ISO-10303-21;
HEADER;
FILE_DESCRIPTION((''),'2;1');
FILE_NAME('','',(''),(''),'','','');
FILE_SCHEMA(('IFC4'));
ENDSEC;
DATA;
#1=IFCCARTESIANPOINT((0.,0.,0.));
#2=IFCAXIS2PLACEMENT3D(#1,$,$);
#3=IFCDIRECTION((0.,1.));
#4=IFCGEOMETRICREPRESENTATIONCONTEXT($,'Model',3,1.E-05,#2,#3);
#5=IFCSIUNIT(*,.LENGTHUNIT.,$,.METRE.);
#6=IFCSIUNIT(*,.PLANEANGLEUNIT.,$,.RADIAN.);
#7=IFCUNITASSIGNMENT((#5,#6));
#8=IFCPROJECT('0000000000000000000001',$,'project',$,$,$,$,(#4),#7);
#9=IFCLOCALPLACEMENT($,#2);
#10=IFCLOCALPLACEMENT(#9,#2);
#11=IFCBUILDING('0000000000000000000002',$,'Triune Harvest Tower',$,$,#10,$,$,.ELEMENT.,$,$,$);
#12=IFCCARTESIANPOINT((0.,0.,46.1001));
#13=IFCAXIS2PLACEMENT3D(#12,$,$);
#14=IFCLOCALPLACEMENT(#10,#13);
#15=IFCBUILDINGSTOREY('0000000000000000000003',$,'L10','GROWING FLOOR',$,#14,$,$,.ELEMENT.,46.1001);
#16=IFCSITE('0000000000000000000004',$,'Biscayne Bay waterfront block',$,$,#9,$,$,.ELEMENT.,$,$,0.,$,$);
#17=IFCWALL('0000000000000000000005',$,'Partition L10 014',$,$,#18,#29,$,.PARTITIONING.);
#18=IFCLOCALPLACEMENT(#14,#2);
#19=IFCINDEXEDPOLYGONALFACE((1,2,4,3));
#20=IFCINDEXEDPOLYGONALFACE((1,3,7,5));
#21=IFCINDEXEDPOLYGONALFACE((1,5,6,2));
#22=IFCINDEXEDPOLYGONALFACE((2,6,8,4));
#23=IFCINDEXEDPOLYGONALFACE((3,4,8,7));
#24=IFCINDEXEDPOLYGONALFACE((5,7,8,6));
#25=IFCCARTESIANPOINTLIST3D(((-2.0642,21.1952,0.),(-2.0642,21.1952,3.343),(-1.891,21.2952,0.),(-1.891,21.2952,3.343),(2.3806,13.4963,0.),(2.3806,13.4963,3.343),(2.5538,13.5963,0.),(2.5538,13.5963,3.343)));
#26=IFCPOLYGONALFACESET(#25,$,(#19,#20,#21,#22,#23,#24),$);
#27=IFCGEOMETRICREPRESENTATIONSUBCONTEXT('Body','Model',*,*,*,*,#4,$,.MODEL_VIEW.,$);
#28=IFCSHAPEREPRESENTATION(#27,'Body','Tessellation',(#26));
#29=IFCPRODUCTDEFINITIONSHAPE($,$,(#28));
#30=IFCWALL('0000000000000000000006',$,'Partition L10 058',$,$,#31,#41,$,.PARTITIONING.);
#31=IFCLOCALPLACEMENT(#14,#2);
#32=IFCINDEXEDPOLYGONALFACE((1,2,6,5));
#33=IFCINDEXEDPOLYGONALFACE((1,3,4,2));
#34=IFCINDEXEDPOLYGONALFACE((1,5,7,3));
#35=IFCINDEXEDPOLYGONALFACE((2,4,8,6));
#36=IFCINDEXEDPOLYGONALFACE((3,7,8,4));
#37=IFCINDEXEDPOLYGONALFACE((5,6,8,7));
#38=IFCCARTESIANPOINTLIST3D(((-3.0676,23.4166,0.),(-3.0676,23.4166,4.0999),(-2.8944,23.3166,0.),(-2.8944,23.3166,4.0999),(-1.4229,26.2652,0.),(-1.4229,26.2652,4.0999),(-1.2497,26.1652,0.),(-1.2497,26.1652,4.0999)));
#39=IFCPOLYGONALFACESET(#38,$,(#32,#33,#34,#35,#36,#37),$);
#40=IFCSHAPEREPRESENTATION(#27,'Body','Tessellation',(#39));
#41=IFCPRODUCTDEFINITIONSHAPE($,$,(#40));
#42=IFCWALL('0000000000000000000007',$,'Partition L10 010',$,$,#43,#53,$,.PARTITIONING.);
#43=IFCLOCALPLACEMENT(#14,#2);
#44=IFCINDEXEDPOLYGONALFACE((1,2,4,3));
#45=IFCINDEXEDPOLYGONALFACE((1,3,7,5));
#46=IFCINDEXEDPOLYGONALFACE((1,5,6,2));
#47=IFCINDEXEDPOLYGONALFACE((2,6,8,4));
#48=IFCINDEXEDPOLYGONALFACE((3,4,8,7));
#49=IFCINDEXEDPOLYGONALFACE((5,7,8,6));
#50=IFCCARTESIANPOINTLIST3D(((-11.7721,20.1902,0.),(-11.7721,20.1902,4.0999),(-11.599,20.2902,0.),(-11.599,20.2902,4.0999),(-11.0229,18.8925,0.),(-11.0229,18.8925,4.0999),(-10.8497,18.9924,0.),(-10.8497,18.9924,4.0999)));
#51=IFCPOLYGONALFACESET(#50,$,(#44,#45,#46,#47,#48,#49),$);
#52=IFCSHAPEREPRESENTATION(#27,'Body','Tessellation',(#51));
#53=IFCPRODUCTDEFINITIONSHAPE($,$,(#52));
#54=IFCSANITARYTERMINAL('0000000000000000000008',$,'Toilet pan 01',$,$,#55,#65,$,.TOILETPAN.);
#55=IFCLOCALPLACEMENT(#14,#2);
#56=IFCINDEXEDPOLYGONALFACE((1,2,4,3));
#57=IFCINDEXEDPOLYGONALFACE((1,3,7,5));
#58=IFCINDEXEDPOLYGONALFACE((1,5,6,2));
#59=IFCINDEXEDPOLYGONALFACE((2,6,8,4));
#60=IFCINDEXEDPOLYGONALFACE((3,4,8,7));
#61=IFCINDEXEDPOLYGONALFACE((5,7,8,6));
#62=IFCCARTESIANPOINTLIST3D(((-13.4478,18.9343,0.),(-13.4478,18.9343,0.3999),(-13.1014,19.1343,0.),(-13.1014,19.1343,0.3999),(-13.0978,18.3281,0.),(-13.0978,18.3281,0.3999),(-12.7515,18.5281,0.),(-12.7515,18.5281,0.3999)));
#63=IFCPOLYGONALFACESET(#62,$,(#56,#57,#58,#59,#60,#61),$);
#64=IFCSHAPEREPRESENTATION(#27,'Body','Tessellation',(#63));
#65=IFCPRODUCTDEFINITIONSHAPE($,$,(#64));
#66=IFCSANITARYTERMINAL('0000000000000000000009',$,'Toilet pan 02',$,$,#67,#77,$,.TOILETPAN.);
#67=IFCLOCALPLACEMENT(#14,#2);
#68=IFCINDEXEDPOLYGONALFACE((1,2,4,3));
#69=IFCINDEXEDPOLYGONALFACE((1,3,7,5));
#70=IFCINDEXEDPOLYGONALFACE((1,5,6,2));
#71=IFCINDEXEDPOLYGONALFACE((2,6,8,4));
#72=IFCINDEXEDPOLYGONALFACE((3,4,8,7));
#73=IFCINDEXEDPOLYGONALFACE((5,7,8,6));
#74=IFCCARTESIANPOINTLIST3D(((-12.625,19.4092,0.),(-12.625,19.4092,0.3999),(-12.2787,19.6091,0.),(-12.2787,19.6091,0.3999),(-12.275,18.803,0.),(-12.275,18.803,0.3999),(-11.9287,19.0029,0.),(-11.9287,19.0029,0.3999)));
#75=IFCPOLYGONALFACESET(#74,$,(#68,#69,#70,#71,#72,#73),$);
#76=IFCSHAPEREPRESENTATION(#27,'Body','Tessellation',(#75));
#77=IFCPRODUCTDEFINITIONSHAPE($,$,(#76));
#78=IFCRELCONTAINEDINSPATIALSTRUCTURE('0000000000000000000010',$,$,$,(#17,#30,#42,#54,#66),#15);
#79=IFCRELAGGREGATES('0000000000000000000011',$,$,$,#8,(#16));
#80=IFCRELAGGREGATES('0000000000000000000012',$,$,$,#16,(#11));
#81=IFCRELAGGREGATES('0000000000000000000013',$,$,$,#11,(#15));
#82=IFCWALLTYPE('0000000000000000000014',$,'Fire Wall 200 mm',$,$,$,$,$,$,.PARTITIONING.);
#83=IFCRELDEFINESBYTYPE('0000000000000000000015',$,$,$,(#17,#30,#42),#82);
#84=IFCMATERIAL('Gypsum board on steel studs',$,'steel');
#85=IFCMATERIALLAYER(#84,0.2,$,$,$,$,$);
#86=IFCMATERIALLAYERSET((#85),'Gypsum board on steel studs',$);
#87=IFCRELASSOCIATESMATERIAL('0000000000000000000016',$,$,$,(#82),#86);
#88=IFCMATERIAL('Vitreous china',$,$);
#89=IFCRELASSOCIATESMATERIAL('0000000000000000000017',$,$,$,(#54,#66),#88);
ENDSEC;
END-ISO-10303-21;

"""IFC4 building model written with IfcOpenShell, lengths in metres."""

from ifc_helpers import new_model, si_unit, direction, frame, frame_2d, origin, origin_2d, place, context, subcontext, project, spatial, rectangle, extrude, source, transform, mapped, material, layer, layer_set, type_object, element, save


model = new_model("IFC4")

# Units and contexts
model_context = context("Model", 3, precision=1e-05, world=origin(), true_north=direction((0.0, 1.0)))
body_context = subcontext(model_context, "Body", "Model", "MODEL_VIEW")
ifc_project = project(units=[si_unit("LENGTHUNIT", "METRE"), si_unit("PLANEANGLEUNIT", "RADIAN")], contexts=[model_context])

# Site, building, storey
site_placement = place(None, origin())
site = spatial("IfcSite", under=ifc_project, at=site_placement, Name="Biscayne Bay waterfront block", CompositionType="ELEMENT", RefElevation=0.0)
building_placement = place(site_placement, origin())
building = spatial("IfcBuilding", under=site, at=building_placement, Name="Triune Harvest Tower", CompositionType="ELEMENT")
storey_placement = place(building_placement, frame((0.0, 0.0, 46.1001)))
storey = spatial("IfcBuildingStorey", under=building, at=storey_placement, Name="L10", Description="GROWING FLOOR", CompositionType="ELEMENT", Elevation=46.1001)

# Walls
ifc_material_1 = material(Name="Gypsum board on steel studs", Category="steel")
ifc_layer_1 = layer(ifc_material_1, 0.2)
ifc_layer_set_1 = layer_set([ifc_layer_1], Name="Gypsum board on steel studs")
wall_type_1 = type_object("IfcWallType", Name="Fire Wall 200 mm", PredefinedType="PARTITIONING", material=ifc_layer_set_1)
wall_1_placement = place(storey_placement, frame((-1.9775, 21.2451, 0.0), z_axis=(0.0, 0.0, 1.0), x_axis=(0.499985, -0.866034, 0.0)))
element("IfcWall", 1, at=wall_1_placement, inside=storey, type_object=wall_type_1, Name="Partition L10 014", PredefinedType="PARTITIONING", context=body_context, shape_type="SweptSolid", body=[
    extrude(rectangle(XDim=8.8899, YDim=0.2, at=frame_2d((4.4448, 0.0))), origin(), (0.0, 0.0, 1.0), 3.343),
])
wall_2_placement = place(storey_placement, frame((-2.981, 23.3667, 0.0), z_axis=(0.0, 0.0, 1.0), x_axis=(0.500027, 0.86601, 0.0)))
element("IfcWall", 2, at=wall_2_placement, inside=storey, type_object=wall_type_1, Name="Partition L10 058", PredefinedType="PARTITIONING", context=body_context, shape_type="SweptSolid", body=[
    extrude(rectangle(XDim=3.2893, YDim=0.2, at=frame_2d((1.6445, 0.0))), origin(), (0.0, 0.0, 1.0), 4.0999),
])
shared_shape_1 = source(origin(), body_context, "Body", "SweptSolid", [
    extrude(rectangle(XDim=1.4985, YDim=0.2, at=frame_2d((0.7493, 0.0))), origin(), (0.0, 0.0, 1.0), 4.0999),
])
wall_3_placement = place(storey_placement, frame((-11.6855, 20.2402, 0.0), z_axis=(0.0, 0.0, 1.0), x_axis=(0.499976, -0.866039, 0.0)))
element("IfcWall", 3, at=wall_3_placement, inside=storey, type_object=wall_type_1, Name="Partition L10 010", PredefinedType="PARTITIONING", context=body_context, shape_type="MappedRepresentation", body=[
    mapped(shared_shape_1, transform((0.0, 0.0, 0.0), scale=1.0)),
])

# Sanitary terminals
ifc_material_2 = material(Name="Vitreous china")
shared_shape_2 = source(origin(), body_context, "Body", "SweptSolid", [
    extrude(rectangle(XDim=0.3999, YDim=0.7, at=origin_2d()), origin(), (0.0, 0.0, 1.0), 0.3999),
])
for number, where, z_axis, x_axis, name in (
    (4, (-13.0996, 18.7312, 0.0), (0.0, 0.0, 1.0), (0.866025, 0.5, 0.0), "Toilet pan 01"),
    (5, (-12.2769, 19.2061, 0.0), (0.0, 0.0, 1.0), (0.866025, 0.5, 0.0), "Toilet pan 02"),
):
    element("IfcSanitaryTerminal", number, at=place(storey_placement, frame(where, z_axis=z_axis, x_axis=x_axis)), inside=storey, material=ifc_material_2, Name=name, PredefinedType="TOILETPAN", context=body_context, shape_type="MappedRepresentation", body=[
        mapped(shared_shape_2, transform((0.0, 0.0, 0.0), scale=1.0)),
    ])

save(model, "model.ifc")
